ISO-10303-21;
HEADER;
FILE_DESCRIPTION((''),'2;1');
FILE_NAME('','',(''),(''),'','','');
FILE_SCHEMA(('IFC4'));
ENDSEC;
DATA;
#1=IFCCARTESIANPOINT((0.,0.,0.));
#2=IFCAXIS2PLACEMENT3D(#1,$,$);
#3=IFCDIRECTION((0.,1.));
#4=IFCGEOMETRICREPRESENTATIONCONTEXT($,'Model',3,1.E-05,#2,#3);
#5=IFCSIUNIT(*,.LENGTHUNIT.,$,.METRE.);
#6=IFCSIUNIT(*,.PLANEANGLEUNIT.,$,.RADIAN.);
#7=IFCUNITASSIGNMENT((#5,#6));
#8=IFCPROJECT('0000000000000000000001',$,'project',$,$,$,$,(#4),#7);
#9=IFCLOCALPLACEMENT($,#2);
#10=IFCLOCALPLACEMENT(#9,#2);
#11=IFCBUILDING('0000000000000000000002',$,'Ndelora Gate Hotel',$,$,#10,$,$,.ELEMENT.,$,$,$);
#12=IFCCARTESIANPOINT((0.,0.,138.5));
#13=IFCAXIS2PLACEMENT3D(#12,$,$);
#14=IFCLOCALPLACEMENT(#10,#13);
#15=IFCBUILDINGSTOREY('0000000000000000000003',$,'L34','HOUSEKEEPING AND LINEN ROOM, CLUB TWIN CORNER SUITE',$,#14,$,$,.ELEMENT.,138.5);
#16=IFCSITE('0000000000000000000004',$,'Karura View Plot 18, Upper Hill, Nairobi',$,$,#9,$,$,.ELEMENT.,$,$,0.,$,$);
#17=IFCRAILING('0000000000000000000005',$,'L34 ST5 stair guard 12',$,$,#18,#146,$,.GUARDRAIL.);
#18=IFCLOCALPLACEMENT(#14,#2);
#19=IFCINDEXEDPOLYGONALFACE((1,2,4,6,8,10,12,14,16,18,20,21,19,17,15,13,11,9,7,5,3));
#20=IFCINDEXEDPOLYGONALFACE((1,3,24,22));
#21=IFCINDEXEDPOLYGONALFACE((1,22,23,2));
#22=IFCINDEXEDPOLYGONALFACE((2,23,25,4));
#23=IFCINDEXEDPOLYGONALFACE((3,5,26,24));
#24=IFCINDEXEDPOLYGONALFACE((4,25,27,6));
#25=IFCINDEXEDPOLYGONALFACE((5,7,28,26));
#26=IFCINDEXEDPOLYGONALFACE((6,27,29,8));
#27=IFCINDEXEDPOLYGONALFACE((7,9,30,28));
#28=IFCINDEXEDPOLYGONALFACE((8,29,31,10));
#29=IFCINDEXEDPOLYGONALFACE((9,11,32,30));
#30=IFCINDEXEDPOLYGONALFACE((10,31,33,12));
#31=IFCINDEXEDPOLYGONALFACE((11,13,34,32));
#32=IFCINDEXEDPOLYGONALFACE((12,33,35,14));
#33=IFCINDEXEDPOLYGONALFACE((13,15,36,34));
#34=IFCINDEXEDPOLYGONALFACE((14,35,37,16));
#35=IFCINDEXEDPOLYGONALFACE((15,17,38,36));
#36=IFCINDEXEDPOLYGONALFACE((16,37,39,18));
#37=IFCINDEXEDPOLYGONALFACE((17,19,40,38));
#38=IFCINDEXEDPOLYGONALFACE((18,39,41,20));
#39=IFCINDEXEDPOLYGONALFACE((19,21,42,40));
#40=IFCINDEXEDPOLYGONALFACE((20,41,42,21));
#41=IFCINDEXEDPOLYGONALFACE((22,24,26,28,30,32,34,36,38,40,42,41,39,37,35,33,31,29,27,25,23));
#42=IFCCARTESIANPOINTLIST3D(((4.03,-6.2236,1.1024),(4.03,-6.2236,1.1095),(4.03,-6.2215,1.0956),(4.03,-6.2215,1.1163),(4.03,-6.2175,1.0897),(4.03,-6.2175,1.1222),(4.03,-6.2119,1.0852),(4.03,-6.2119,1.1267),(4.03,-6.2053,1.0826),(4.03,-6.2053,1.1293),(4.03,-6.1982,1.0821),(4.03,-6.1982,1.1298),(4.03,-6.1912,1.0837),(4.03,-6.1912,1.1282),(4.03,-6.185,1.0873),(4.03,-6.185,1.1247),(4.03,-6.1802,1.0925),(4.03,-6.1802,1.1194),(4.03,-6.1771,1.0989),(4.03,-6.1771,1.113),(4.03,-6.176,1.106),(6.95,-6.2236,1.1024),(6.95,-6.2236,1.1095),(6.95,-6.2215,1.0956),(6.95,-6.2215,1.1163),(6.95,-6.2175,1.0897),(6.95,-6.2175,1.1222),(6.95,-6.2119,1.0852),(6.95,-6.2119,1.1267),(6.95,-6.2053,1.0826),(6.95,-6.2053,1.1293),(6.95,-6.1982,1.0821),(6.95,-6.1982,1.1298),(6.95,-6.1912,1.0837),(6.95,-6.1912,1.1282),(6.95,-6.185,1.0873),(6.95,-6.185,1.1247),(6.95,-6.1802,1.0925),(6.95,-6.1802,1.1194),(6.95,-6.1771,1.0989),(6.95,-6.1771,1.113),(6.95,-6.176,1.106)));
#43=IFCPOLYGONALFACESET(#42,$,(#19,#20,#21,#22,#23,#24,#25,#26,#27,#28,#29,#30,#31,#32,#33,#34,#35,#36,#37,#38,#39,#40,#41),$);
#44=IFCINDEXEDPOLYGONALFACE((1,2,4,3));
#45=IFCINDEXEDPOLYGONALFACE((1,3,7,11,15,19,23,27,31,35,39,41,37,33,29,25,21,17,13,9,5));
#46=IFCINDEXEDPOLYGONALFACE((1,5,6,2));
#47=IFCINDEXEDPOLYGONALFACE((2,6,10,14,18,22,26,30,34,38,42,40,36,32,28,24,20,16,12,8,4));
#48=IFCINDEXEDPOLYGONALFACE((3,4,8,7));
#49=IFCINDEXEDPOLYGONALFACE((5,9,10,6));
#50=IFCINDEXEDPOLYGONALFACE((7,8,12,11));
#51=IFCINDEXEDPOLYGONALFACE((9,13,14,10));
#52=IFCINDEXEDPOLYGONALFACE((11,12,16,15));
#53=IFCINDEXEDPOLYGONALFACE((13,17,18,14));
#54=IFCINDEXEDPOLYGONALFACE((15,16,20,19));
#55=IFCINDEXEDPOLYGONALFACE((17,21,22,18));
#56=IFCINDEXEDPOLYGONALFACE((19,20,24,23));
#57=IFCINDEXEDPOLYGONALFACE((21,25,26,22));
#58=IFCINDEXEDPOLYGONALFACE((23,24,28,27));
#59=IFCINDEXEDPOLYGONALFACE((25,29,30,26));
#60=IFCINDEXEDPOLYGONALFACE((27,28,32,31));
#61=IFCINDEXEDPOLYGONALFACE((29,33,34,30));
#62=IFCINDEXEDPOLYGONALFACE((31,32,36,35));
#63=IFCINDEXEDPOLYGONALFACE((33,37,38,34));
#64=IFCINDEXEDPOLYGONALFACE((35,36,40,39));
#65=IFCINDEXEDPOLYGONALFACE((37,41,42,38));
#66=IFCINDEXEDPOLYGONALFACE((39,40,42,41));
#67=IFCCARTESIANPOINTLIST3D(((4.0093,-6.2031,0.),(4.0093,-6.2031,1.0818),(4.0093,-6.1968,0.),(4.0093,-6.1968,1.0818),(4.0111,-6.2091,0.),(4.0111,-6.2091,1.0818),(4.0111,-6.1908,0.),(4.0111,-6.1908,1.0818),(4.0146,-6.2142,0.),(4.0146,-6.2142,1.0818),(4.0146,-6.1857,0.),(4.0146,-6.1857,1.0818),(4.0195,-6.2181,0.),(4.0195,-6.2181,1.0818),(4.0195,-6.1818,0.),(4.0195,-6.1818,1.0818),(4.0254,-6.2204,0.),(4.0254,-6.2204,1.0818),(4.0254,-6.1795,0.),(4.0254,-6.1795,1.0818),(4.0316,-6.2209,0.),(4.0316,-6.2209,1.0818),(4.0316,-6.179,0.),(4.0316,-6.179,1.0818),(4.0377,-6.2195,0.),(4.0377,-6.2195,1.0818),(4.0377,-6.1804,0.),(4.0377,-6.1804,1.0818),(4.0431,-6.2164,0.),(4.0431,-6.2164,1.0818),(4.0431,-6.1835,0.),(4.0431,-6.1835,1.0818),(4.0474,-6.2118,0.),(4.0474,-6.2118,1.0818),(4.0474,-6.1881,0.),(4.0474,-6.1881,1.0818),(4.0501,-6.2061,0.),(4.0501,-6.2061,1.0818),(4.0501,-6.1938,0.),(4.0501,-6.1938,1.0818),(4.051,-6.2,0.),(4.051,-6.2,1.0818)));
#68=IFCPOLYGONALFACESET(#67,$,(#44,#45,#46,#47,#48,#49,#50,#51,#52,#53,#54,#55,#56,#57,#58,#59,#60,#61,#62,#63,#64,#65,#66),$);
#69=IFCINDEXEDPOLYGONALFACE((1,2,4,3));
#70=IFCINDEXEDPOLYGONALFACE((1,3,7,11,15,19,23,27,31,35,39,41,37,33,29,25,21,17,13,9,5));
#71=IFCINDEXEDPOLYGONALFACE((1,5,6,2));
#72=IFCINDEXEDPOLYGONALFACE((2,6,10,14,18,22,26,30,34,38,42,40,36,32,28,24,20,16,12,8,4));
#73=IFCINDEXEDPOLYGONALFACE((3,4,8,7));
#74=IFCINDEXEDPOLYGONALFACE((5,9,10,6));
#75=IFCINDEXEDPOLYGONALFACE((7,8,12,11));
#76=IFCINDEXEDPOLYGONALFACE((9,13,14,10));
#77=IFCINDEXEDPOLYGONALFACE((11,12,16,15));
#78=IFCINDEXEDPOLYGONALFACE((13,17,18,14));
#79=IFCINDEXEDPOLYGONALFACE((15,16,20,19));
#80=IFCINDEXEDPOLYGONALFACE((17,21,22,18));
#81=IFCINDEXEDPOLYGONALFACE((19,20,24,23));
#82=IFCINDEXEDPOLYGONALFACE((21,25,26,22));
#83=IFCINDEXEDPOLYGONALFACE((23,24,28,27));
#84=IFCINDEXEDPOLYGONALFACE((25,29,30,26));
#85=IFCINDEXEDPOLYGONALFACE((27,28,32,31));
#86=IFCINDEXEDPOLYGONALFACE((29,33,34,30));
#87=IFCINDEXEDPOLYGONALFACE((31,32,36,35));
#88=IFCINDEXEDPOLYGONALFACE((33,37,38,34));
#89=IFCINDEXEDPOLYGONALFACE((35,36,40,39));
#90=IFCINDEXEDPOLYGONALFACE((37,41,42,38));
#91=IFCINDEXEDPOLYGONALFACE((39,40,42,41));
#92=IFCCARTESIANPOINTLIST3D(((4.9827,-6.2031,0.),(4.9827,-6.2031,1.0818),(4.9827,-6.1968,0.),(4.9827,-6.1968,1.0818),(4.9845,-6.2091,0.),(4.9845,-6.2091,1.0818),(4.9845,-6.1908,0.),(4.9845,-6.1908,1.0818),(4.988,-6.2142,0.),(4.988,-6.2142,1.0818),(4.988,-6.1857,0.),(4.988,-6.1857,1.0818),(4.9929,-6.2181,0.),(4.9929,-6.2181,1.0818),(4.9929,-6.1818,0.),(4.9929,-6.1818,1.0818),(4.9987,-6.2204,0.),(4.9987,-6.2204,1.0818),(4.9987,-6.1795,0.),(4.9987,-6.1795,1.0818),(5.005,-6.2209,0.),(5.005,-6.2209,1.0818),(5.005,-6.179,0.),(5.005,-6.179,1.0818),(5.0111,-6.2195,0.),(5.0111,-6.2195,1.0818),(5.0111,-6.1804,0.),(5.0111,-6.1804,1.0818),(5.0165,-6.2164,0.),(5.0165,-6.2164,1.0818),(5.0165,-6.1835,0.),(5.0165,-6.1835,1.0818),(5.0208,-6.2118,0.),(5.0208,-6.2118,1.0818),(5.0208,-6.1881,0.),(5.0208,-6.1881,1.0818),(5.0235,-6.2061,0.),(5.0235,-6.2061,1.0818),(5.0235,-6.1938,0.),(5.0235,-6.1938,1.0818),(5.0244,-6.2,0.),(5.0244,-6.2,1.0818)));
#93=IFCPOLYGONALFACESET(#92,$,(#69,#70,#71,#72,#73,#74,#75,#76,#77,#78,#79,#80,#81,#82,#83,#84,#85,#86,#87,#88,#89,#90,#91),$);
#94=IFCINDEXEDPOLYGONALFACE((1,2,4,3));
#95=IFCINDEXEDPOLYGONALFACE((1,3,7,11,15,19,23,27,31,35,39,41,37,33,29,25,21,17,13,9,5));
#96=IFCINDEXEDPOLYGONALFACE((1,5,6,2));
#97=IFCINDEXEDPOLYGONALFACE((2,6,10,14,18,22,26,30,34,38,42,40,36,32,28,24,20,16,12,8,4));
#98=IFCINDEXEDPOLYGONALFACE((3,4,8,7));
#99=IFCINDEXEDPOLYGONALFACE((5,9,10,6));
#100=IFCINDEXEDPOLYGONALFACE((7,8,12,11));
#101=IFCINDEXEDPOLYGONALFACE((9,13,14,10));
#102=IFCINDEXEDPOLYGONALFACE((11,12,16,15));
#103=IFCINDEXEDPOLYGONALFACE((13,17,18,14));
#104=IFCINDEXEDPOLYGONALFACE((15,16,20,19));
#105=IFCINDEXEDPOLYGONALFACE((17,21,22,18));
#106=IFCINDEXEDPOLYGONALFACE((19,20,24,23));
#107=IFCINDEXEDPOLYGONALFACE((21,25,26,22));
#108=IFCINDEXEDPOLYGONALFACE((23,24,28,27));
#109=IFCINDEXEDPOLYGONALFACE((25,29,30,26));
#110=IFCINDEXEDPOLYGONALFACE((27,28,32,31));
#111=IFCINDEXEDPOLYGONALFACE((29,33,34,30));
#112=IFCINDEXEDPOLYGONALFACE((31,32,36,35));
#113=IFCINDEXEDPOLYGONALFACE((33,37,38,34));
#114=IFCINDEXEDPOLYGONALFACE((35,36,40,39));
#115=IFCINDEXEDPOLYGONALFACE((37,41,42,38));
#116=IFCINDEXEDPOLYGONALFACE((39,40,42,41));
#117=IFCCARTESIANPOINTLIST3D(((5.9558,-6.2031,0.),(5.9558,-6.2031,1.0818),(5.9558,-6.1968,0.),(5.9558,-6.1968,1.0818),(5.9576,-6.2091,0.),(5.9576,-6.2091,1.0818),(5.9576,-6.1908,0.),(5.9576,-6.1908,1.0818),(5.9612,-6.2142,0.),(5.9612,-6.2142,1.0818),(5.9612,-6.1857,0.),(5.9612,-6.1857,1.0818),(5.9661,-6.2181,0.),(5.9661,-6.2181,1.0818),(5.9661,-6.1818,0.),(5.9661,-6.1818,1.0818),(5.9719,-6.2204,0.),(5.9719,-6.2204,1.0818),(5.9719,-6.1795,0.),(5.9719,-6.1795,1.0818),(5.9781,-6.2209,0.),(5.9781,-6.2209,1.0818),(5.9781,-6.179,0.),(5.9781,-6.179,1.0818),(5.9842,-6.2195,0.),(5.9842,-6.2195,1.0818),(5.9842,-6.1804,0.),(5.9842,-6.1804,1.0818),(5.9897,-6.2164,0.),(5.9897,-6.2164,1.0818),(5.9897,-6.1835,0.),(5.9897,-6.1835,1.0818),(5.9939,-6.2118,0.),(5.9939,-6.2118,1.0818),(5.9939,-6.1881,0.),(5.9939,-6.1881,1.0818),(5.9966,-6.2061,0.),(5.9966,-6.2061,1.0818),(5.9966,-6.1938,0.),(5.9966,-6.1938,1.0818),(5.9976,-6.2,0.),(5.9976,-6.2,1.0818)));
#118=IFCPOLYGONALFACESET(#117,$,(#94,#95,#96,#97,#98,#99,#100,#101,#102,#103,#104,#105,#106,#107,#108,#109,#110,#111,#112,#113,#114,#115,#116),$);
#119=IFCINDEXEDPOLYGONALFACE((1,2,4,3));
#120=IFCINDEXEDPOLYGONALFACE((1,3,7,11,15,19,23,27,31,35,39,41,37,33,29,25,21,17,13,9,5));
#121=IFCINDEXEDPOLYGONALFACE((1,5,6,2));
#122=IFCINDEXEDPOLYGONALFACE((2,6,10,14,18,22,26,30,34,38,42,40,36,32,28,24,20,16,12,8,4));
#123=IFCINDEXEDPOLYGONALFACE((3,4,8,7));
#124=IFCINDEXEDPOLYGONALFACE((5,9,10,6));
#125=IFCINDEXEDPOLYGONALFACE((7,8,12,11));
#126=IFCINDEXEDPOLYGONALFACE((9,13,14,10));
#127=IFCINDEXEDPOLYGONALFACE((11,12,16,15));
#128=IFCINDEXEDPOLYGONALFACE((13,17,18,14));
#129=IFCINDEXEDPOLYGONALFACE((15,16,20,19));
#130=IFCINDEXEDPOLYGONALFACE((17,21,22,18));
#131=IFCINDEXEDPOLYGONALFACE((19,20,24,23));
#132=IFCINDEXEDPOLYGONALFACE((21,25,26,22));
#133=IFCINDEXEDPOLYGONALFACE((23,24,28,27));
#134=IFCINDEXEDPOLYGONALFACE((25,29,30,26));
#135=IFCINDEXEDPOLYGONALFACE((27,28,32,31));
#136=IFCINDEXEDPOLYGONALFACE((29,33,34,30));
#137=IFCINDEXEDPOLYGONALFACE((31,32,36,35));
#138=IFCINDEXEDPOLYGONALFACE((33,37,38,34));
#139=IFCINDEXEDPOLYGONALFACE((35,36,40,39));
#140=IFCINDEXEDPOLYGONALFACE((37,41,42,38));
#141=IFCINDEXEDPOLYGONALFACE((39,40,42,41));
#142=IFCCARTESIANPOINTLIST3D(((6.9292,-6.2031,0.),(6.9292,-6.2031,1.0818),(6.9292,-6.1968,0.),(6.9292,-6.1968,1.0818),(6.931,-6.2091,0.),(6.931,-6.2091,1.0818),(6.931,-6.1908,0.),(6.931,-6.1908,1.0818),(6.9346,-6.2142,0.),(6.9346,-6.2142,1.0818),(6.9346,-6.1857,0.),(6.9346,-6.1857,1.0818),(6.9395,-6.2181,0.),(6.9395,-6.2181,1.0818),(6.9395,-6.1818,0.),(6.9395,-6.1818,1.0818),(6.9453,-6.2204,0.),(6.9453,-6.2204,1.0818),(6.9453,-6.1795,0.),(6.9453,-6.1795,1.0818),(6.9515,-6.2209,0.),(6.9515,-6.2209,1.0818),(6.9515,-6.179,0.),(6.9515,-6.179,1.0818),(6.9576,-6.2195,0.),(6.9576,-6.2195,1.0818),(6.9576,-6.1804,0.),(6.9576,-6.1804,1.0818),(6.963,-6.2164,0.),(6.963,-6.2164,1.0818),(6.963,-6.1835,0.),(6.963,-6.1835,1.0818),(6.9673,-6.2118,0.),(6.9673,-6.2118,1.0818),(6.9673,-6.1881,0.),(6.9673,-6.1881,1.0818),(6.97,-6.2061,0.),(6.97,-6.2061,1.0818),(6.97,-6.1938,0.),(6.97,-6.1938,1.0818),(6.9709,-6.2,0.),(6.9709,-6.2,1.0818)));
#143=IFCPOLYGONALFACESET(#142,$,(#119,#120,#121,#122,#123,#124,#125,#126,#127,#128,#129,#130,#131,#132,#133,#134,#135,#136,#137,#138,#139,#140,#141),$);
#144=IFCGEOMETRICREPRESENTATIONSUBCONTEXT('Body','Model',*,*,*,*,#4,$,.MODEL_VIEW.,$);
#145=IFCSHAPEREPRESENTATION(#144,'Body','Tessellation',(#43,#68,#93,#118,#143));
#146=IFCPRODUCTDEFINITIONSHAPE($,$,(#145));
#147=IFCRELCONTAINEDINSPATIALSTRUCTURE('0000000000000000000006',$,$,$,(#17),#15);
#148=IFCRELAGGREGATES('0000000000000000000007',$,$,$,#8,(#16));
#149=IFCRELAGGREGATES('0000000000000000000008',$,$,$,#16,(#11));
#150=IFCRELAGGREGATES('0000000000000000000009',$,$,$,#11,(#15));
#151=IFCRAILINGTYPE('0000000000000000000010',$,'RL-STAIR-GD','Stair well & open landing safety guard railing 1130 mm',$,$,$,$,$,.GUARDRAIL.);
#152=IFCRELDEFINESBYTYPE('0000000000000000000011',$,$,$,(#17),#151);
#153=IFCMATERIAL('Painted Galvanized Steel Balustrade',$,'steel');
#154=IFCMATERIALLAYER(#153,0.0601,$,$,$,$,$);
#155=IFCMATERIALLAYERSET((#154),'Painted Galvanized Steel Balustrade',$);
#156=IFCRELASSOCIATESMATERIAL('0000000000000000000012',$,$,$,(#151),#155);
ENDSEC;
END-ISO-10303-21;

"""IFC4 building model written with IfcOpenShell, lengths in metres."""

from ifc_helpers import new_model, si_unit, direction, frame, origin, origin_2d, place, context, subcontext, project, spatial, circle, extrude, material, layer, layer_set, type_object, element, save


model = new_model("IFC4")

# Units and contexts
model_context = context("Model", 3, precision=1e-05, world=origin(), true_north=direction((0.0, 1.0)))
body_context = subcontext(model_context, "Body", "Model", "MODEL_VIEW")
ifc_project = project(units=[si_unit("LENGTHUNIT", "METRE"), si_unit("PLANEANGLEUNIT", "RADIAN")], contexts=[model_context])

# Site, building, storey
site_placement = place(None, origin())
site = spatial("IfcSite", under=ifc_project, at=site_placement, Name="Karura View Plot 18, Upper Hill, Nairobi", CompositionType="ELEMENT", RefElevation=0.0)
building_placement = place(site_placement, origin())
building = spatial("IfcBuilding", under=site, at=building_placement, Name="Ndelora Gate Hotel", CompositionType="ELEMENT")
storey_placement = place(building_placement, frame((0.0, 0.0, 138.5)))
storey = spatial("IfcBuildingStorey", under=building, at=storey_placement, Name="L34", Description="HOUSEKEEPING AND LINEN ROOM, CLUB TWIN CORNER SUITE", CompositionType="ELEMENT", Elevation=138.5)

# Railing
ifc_material_1 = material(Name="Painted Galvanized Steel Balustrade", Category="steel")
ifc_layer_1 = layer(ifc_material_1, 0.0601)
ifc_layer_set_1 = layer_set([ifc_layer_1], Name="Painted Galvanized Steel Balustrade")
railing_type_1 = type_object("IfcRailingType", Name="RL-STAIR-GD", Description="Stair well & open landing safety guard railing 1130 mm", PredefinedType="GUARDRAIL", material=ifc_layer_set_1)
railing_1_placement = place(storey_placement, frame((4.03, -6.2, 0.0)))
element("IfcRailing", 1, at=railing_1_placement, inside=storey, type_object=railing_type_1, Name="L34 ST5 stair guard 12", PredefinedType="GUARDRAIL", context=body_context, shape_type="SweptSolid", body=[
    extrude(circle(Radius=0.0239, at=origin_2d()), frame((0.0, 0.0, 1.106), z_axis=(1.0, 0.0, 0.0), x_axis=(0.0, 1.0, 0.0)), (0.0, 0.0, 1.0), 2.9199),
    extrude(circle(Radius=0.021, at=origin_2d()), origin(), (0.0, 0.0, 1.0), 1.0818),
    extrude(circle(Radius=0.021, at=origin_2d()), frame((0.9734, 0.0, 0.0)), (0.0, 0.0, 1.0), 1.0818),
    extrude(circle(Radius=0.021, at=origin_2d()), frame((1.9465, 0.0, 0.0)), (0.0, 0.0, 1.0), 1.0818),
    extrude(circle(Radius=0.021, at=origin_2d()), frame((2.9199, 0.0, 0.0)), (0.0, 0.0, 1.0), 1.0818),
])

save(model, "model.ifc")
